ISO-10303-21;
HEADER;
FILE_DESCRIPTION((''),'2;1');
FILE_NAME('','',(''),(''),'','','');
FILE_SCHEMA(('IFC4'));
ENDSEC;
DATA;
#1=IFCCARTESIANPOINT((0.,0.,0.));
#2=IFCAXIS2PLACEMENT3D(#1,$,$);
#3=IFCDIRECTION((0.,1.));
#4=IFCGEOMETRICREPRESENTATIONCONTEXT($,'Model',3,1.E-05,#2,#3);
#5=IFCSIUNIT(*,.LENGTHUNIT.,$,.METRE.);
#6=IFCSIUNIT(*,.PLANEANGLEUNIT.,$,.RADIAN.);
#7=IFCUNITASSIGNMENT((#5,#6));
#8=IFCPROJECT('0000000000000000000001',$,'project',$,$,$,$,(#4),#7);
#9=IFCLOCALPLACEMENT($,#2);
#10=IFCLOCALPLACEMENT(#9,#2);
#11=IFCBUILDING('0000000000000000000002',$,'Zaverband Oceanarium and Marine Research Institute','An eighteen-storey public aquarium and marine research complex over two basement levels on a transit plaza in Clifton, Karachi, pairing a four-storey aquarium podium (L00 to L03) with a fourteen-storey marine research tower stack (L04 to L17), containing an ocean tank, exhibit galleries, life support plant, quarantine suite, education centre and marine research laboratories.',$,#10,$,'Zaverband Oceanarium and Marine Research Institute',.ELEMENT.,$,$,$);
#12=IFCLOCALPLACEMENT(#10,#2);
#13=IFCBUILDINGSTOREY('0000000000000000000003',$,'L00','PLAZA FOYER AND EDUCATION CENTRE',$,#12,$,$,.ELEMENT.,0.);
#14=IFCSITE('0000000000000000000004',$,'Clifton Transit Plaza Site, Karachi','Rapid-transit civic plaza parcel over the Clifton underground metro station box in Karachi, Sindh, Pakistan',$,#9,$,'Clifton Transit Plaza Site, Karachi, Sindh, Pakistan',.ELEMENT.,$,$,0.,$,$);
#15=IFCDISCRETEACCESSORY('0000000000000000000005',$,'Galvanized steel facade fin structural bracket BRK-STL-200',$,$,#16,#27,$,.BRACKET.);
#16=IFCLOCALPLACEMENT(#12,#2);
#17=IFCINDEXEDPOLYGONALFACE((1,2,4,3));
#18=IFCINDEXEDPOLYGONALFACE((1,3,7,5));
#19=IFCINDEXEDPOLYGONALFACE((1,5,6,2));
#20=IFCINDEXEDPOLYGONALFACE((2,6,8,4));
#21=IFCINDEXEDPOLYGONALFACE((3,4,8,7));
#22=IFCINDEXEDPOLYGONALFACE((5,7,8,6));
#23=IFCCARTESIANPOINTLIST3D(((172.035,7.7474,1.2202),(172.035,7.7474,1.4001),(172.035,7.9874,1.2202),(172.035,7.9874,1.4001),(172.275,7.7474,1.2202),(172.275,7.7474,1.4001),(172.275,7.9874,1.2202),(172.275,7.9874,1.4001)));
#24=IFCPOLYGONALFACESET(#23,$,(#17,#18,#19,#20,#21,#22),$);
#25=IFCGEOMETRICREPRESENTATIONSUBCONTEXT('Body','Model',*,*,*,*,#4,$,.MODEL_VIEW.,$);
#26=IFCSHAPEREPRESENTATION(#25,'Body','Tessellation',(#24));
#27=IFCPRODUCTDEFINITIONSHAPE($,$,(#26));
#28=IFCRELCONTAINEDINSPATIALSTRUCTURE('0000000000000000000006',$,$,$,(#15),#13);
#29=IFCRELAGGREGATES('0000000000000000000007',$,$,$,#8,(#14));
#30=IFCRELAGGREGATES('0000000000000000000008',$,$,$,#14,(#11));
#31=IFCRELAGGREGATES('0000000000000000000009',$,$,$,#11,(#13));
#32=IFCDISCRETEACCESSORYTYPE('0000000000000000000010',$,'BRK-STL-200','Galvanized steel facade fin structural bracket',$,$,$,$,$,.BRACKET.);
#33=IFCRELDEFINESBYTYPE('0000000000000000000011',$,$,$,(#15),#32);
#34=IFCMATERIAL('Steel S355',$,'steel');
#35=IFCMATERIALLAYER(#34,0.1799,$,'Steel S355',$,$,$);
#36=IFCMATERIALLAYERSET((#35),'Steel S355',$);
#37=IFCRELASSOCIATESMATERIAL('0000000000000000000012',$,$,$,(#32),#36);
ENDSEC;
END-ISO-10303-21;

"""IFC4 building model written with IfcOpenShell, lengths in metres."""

from ifc_helpers import new_model, si_unit, direction, frame, origin, origin_2d, place, context, subcontext, project, spatial, rectangle, extrude, material, layer, layer_set, type_object, element, save


model = new_model("IFC4")

# Units and contexts
model_context = context("Model", 3, precision=1e-05, world=origin(), true_north=direction((0.0, 1.0)))
body_context = subcontext(model_context, "Body", "Model", "MODEL_VIEW")
ifc_project = project(units=[si_unit("LENGTHUNIT", "METRE"), si_unit("PLANEANGLEUNIT", "RADIAN")], contexts=[model_context])

# Site, building, storey
site_placement = place(None, origin())
site = spatial("IfcSite", under=ifc_project, at=site_placement, Name="Clifton Transit Plaza Site, Karachi", Description="Rapid-transit civic plaza parcel over the Clifton underground metro station box in Karachi, Sindh, Pakistan", LongName="Clifton Transit Plaza Site, Karachi, Sindh, Pakistan", CompositionType="ELEMENT", RefElevation=0.0)
building_placement = place(site_placement, origin())
building = spatial("IfcBuilding", under=site, at=building_placement, Name="Zaverband Oceanarium and Marine Research Institute", Description="An eighteen-storey public aquarium and marine research complex over two basement levels on a transit plaza in Clifton, Karachi, pairing a four-storey aquarium podium (L00 to L03) with a fourteen-storey marine research tower stack (L04 to L17), containing an ocean tank, exhibit galleries, life support plant, quarantine suite, education centre and marine research laboratories.", LongName="Zaverband Oceanarium and Marine Research Institute", CompositionType="ELEMENT")
storey_placement = place(building_placement, origin())
storey = spatial("IfcBuildingStorey", under=building, at=storey_placement, Name="L00", Description="PLAZA FOYER AND EDUCATION CENTRE", CompositionType="ELEMENT", Elevation=0.0)

# Shared definitions
ifc_material_1 = material(Name="Steel S355", Category="steel")

# Discrete accessory
ifc_layer_1 = layer(ifc_material_1, 0.1799, Name="Steel S355")
ifc_layer_set_1 = layer_set([ifc_layer_1], Name="Steel S355")
discrete_accessory_type = type_object("IfcDiscreteAccessoryType", Name="BRK-STL-200", Description="Galvanized steel facade fin structural bracket", PredefinedType="BRACKET", material=ifc_layer_set_1)
discrete_accessory_placement = place(storey_placement, frame((172.155, 7.8674, 1.2202), z_axis=(0.0, 0.0, 1.0), x_axis=(1.0, 0.0, 0.0)))
element("IfcDiscreteAccessory", 1, at=discrete_accessory_placement, inside=storey, type_object=discrete_accessory_type, Name="Galvanized steel facade fin structural bracket BRK-STL-200", PredefinedType="BRACKET", context=body_context, shape_type="SweptSolid", body=[
    extrude(rectangle(XDim=0.24, YDim=0.24, at=origin_2d()), origin(), (0.0, 0.0, 1.0), 0.1799),
])

save(model, "model.ifc")
